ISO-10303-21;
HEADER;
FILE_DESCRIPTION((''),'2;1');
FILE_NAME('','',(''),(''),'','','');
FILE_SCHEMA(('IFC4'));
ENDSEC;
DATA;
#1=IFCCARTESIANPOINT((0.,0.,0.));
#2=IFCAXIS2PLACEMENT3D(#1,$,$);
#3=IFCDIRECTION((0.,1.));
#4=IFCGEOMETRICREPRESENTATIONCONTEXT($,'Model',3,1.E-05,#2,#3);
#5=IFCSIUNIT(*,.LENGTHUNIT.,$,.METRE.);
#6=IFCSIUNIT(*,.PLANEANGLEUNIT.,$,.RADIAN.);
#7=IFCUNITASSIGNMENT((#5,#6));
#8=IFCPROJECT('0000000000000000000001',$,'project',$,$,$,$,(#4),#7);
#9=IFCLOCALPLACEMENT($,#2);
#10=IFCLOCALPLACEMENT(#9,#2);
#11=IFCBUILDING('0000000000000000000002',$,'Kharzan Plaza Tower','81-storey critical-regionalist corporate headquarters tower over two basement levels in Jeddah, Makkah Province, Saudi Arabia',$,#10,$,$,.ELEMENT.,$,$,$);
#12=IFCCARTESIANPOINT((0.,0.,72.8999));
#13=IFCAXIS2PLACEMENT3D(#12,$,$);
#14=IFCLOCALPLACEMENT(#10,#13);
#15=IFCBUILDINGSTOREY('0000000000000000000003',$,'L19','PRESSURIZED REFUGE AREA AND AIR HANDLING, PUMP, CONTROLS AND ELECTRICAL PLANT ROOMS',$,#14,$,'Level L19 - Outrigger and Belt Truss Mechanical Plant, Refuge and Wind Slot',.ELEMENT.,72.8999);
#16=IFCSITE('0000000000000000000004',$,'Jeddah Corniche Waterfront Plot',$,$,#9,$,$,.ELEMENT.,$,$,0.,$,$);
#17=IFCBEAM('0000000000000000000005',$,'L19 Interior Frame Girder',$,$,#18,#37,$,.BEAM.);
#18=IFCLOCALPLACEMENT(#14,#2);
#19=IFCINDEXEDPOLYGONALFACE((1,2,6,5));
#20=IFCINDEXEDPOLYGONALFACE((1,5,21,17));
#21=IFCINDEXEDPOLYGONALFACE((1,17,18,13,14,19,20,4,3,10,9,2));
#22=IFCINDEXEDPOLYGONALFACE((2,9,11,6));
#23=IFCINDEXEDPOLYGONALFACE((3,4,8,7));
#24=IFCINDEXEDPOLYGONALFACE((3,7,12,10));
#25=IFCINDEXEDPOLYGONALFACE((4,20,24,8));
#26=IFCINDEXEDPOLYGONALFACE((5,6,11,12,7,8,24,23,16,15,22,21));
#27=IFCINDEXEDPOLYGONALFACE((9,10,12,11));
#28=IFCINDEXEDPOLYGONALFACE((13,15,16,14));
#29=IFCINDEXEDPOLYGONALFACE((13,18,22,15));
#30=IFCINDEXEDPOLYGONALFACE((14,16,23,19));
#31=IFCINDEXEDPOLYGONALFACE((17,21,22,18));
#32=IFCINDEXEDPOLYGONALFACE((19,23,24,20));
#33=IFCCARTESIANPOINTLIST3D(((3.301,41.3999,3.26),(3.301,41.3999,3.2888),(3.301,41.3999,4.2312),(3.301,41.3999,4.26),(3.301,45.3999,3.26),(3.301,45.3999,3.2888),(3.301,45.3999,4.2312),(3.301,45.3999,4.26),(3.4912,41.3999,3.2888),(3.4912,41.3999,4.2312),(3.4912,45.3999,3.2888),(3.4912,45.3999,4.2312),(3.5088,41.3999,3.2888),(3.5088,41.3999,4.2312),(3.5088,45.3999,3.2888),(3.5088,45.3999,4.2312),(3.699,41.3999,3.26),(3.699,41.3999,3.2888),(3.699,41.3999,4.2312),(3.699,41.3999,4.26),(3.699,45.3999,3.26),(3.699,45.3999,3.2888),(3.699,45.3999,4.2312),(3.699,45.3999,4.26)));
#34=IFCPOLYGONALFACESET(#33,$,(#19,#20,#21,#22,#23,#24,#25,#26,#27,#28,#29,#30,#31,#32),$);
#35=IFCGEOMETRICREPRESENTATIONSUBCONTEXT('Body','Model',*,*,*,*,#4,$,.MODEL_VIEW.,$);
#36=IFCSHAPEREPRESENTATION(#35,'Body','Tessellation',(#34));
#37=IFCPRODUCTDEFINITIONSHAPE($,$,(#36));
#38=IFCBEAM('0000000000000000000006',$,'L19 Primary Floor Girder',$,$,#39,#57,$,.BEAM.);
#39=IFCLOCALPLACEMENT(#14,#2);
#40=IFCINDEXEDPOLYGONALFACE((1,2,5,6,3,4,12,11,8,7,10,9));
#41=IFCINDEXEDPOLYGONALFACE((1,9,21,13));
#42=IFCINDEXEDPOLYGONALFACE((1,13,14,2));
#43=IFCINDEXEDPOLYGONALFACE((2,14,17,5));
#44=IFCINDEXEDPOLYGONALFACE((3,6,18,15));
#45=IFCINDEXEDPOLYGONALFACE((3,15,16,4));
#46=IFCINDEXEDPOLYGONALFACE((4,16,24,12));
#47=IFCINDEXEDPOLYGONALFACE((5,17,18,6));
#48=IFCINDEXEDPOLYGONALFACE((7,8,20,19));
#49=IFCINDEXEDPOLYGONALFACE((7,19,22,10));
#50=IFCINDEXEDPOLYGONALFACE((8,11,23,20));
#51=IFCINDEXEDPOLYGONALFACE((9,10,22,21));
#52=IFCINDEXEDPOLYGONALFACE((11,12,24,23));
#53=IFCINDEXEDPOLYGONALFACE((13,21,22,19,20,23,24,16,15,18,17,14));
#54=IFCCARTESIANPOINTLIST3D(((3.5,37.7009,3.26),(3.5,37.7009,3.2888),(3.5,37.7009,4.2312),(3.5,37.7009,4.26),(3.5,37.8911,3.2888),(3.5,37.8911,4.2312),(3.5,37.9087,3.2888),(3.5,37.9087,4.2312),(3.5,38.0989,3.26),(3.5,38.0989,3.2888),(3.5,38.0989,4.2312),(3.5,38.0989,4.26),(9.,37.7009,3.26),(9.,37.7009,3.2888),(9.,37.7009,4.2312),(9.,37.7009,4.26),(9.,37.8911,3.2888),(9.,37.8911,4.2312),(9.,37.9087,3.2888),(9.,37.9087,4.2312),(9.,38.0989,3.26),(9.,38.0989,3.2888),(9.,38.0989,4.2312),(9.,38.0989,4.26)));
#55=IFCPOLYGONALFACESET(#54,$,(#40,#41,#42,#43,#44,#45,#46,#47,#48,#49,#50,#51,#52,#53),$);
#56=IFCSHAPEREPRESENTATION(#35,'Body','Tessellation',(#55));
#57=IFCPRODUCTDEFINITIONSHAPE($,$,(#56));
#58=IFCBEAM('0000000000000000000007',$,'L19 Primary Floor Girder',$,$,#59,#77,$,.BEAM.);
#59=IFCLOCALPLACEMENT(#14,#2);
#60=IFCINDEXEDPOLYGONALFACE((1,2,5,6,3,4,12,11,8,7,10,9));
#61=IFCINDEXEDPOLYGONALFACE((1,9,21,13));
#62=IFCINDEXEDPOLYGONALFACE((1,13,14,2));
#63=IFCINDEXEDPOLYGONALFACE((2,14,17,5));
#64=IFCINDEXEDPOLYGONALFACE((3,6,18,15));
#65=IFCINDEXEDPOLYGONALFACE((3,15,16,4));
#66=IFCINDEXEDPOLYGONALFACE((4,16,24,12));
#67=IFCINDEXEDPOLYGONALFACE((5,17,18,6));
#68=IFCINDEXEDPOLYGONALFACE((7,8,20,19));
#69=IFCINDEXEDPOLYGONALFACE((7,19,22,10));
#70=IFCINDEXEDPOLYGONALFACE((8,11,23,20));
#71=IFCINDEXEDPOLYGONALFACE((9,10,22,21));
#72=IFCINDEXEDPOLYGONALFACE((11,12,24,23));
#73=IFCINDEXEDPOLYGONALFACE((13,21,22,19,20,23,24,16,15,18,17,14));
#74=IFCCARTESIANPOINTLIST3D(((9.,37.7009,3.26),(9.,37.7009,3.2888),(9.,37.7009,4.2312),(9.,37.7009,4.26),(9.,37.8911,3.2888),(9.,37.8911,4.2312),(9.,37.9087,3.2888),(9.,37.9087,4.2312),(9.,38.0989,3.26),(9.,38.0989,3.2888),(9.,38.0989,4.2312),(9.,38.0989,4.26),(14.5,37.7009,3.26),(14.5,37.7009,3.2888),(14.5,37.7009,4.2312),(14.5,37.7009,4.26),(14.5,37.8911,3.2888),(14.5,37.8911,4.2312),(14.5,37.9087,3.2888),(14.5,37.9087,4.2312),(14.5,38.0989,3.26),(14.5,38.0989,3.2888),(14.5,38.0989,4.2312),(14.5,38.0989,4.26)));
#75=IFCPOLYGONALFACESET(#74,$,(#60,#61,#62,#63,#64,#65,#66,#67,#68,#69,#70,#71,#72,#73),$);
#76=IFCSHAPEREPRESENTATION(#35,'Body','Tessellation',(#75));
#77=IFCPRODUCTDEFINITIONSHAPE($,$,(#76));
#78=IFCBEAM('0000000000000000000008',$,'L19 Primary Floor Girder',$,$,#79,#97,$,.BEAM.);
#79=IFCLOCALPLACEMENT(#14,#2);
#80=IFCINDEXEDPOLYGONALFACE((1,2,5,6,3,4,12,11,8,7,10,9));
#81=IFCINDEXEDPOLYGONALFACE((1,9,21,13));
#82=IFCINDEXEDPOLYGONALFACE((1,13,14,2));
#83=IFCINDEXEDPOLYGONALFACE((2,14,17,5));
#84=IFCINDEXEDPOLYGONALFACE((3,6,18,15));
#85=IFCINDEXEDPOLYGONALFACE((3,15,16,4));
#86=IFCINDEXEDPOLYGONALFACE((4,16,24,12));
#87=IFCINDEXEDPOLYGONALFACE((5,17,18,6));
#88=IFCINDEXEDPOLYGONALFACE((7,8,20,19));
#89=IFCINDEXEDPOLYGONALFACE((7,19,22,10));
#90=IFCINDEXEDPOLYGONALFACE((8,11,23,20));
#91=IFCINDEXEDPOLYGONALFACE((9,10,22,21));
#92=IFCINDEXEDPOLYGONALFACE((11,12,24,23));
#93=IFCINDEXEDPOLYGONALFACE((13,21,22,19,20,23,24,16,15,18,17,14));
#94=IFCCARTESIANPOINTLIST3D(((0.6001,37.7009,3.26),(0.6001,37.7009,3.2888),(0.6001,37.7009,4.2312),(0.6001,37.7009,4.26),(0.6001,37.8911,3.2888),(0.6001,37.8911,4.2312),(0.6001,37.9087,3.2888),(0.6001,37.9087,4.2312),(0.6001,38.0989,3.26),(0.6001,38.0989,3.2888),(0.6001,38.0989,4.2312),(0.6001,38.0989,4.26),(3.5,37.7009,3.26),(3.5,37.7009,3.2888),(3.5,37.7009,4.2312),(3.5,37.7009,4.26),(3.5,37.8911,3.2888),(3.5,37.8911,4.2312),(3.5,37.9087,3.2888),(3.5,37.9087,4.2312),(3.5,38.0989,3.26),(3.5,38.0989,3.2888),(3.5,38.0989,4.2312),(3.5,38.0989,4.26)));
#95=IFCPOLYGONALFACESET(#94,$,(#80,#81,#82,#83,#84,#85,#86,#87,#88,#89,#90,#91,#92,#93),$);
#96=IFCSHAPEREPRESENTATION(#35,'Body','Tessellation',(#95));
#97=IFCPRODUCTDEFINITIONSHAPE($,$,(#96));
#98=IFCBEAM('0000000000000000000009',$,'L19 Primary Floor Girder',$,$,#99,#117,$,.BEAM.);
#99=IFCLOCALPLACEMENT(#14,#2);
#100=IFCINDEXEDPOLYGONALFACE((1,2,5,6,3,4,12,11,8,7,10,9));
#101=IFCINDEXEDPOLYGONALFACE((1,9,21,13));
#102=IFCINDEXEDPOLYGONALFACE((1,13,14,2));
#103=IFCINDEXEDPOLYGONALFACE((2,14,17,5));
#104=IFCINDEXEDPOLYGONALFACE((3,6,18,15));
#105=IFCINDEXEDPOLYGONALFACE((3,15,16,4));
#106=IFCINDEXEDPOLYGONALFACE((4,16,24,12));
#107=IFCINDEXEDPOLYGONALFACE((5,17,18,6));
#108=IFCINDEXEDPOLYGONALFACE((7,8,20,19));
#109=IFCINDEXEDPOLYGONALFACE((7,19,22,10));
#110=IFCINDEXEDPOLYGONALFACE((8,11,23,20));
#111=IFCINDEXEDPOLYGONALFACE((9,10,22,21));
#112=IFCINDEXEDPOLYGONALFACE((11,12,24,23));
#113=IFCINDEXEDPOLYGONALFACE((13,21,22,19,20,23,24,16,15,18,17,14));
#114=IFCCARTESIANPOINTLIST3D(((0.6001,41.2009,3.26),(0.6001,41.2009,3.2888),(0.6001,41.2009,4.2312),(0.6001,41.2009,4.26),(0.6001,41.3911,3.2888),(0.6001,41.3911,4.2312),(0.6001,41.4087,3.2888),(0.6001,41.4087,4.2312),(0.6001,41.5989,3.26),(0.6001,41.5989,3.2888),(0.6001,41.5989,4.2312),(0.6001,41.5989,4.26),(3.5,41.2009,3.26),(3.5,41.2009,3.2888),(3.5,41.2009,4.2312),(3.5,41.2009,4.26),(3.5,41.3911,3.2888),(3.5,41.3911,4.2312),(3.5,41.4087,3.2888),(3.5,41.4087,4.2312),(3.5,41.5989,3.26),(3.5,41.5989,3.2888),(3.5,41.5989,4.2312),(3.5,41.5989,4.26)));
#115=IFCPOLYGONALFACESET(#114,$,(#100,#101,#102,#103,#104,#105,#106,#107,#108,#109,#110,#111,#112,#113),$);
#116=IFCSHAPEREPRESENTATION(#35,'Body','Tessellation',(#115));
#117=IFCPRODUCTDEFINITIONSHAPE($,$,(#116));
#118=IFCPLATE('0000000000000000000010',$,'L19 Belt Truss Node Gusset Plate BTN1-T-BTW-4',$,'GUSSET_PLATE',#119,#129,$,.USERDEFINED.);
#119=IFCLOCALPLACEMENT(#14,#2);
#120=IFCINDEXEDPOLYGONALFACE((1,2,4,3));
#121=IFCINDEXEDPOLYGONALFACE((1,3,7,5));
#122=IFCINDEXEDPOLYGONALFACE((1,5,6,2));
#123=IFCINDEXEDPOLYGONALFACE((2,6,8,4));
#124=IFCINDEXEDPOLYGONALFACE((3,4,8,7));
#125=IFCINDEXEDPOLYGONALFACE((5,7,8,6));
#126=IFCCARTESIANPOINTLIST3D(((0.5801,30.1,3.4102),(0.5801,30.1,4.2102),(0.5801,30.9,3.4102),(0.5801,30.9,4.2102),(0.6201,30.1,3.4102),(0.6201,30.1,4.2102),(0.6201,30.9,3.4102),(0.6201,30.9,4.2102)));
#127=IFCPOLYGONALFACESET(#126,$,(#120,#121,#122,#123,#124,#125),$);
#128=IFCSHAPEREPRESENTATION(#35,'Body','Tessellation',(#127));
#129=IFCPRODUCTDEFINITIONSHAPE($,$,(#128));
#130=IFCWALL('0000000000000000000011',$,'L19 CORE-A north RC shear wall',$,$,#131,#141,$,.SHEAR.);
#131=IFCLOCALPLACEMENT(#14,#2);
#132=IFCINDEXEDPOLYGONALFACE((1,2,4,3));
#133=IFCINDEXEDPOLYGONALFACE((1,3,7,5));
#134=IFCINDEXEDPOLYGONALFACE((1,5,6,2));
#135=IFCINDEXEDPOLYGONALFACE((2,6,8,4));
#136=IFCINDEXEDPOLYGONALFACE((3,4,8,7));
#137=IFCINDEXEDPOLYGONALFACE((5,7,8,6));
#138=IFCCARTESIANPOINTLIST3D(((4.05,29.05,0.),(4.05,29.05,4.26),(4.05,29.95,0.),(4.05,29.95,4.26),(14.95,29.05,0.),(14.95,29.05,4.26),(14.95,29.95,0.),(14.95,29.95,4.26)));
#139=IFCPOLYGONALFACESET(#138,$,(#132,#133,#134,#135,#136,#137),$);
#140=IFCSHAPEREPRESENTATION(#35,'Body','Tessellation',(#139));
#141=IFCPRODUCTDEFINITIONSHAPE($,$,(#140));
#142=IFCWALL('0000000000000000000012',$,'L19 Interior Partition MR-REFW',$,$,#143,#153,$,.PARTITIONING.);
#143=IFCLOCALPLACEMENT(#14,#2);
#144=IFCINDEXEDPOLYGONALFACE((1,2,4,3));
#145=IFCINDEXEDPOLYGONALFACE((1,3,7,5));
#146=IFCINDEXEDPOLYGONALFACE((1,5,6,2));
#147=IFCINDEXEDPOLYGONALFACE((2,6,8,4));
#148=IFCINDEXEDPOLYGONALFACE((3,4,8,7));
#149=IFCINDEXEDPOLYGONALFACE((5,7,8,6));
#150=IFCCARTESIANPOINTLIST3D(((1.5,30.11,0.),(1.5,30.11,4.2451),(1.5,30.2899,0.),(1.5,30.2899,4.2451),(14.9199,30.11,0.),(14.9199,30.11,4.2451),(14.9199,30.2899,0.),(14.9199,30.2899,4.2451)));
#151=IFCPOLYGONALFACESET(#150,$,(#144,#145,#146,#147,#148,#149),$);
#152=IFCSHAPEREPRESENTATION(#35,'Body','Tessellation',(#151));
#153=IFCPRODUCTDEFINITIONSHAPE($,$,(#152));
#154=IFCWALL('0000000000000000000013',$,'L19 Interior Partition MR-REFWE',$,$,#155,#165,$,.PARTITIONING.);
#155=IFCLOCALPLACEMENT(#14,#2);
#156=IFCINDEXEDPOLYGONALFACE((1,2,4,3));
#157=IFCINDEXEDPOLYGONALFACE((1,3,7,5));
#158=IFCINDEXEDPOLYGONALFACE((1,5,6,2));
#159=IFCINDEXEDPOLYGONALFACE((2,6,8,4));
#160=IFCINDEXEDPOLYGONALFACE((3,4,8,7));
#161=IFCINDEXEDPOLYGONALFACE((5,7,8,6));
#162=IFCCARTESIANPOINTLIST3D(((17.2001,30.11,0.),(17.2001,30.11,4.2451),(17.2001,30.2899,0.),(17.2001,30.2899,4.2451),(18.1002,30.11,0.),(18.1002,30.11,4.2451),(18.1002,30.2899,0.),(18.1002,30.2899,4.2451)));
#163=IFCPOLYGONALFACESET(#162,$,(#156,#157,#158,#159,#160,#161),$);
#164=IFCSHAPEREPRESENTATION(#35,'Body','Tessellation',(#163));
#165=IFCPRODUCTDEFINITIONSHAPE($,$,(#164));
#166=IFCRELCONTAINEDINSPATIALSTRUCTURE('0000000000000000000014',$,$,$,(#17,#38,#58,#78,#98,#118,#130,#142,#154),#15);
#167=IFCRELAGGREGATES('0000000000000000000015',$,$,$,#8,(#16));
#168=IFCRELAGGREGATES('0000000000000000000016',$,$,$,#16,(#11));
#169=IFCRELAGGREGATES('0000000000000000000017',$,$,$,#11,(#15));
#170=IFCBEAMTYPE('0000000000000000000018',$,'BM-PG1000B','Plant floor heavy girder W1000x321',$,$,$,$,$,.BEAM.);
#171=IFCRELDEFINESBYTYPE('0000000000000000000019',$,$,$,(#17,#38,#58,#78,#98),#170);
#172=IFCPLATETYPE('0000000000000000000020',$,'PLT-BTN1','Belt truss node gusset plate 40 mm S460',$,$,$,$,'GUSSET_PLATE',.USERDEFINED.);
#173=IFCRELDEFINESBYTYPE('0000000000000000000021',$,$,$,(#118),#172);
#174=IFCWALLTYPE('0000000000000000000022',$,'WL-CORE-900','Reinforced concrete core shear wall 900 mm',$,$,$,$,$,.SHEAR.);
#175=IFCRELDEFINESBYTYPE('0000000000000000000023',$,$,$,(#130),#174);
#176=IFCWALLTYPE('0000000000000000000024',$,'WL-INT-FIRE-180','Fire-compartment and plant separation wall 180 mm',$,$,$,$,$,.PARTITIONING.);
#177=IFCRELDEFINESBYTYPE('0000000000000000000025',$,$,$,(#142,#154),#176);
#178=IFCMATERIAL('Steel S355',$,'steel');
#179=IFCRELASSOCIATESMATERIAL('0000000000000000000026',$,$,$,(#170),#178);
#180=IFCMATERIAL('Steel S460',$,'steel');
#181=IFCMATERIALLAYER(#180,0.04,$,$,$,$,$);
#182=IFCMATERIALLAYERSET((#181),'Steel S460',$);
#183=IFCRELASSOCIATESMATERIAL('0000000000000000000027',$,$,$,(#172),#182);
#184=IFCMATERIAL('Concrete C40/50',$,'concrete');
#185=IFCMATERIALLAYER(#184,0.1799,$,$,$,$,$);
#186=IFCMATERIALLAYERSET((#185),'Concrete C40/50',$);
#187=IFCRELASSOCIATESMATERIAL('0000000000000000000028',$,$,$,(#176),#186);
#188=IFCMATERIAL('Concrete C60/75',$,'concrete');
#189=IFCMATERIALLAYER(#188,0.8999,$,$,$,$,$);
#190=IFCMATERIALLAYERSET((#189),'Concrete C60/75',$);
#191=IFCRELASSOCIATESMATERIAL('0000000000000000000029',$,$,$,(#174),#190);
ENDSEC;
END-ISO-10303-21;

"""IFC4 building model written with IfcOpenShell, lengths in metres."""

from ifc_helpers import new_model, si_unit, direction, frame, frame_2d, origin, origin_2d, place, context, subcontext, project, spatial, rectangle, i_section, extrude, source, transform, mapped, material, layer, layer_set, material_profile, profile_set, type_object, element, save


model = new_model("IFC4")

# Units and contexts
model_context = context("Model", 3, precision=1e-05, world=origin(), true_north=direction((0.0, 1.0)))
body_context = subcontext(model_context, "Body", "Model", "MODEL_VIEW")
ifc_project = project(units=[si_unit("LENGTHUNIT", "METRE"), si_unit("PLANEANGLEUNIT", "RADIAN")], contexts=[model_context])

# Site, building, storey
site_placement = place(None, origin())
site = spatial("IfcSite", under=ifc_project, at=site_placement, Name="Jeddah Corniche Waterfront Plot", CompositionType="ELEMENT", RefElevation=0.0)
building_placement = place(site_placement, origin())
building = spatial("IfcBuilding", under=site, at=building_placement, Name="Kharzan Plaza Tower", Description="81-storey critical-regionalist corporate headquarters tower over two basement levels in Jeddah, Makkah Province, Saudi Arabia", CompositionType="ELEMENT")
storey_placement = place(building_placement, frame((0.0, 0.0, 72.8999)))
storey = spatial("IfcBuildingStorey", under=building, at=storey_placement, Name="L19", Description="PRESSURIZED REFUGE AREA AND AIR HANDLING, PUMP, CONTROLS AND ELECTRICAL PLANT ROOMS", LongName="Level L19 - Outrigger and Belt Truss Mechanical Plant, Refuge and Wind Slot", CompositionType="ELEMENT", Elevation=72.8999)

# Shared definitions
ifc_material_1 = material(Name="Concrete C60/75", Category="concrete")

# Beams
ifc_material_2 = material(Name="Steel S355", Category="steel")
ifc_material_profile_1 = material_profile(ifc_material_2, i_section(OverallWidth=0.3979, OverallDepth=1.0, WebThickness=0.0176, FlangeThickness=0.0288, at=origin_2d()), Name="W1000x321")
ifc_profile_set_1 = profile_set([ifc_material_profile_1], Name="Steel S355")
beam_type_1 = type_object("IfcBeamType", Name="BM-PG1000B", Description="Plant floor heavy girder W1000x321", PredefinedType="BEAM", material=ifc_profile_set_1)
shared_shape_1 = source(origin(), body_context, "Body", "SweptSolid", [
    extrude(i_section(OverallWidth=0.3979, OverallDepth=1.0, WebThickness=0.0176, FlangeThickness=0.0288, at=origin_2d()), origin(), (0.0, 0.0, 1.0), 4.0),
])
beam_1_placement = place(storey_placement, frame((3.5, 41.3999, 3.76), z_axis=(0.0, 1.0, 0.0), x_axis=(-1.0, 0.0, 0.0)))
element("IfcBeam", 1, at=beam_1_placement, inside=storey, type_object=beam_type_1, Name="L19 Interior Frame Girder", PredefinedType="BEAM", context=body_context, shape_type="MappedRepresentation", body=[
    mapped(shared_shape_1, transform((0.0, 0.0, 0.0), x_axis=(1.0, 0.0, 0.0), y_axis=(0.0, 1.0, 0.0), z_axis=(0.0, 0.0, 1.0))),
])
shared_shape_2 = source(origin(), body_context, "Body", "SweptSolid", [
    extrude(i_section(OverallWidth=0.3979, OverallDepth=1.0, WebThickness=0.0176, FlangeThickness=0.0288, at=origin_2d()), origin(), (0.0, 0.0, 1.0), 5.5),
])
for number, where, z_axis, x_axis, name in (
    (2, (3.5, 37.8999, 3.76), (1.0, 0.0, 0.0), (0.0, 1.0, 0.0), "L19 Primary Floor Girder"),
    (3, (9.0, 37.8999, 3.76), (1.0, 0.0, 0.0), (0.0, 1.0, 0.0), "L19 Primary Floor Girder"),
):
    element("IfcBeam", number, at=place(storey_placement, frame(where, z_axis=z_axis, x_axis=x_axis)), inside=storey, type_object=beam_type_1, Name=name, PredefinedType="BEAM", context=body_context, shape_type="MappedRepresentation", body=[
        mapped(shared_shape_2, transform((0.0, 0.0, 0.0), x_axis=(1.0, 0.0, 0.0), y_axis=(0.0, 1.0, 0.0), z_axis=(0.0, 0.0, 1.0))),
    ])
shared_shape_3 = source(origin(), body_context, "Body", "SweptSolid", [
    extrude(i_section(OverallWidth=0.3979, OverallDepth=1.0, WebThickness=0.0176, FlangeThickness=0.0288, at=origin_2d()), origin(), (0.0, 0.0, 1.0), 2.8999),
])
for number, where, z_axis, x_axis, name in (
    (4, (0.6001, 37.8999, 3.76), (1.0, 0.0, 0.0), (0.0, 1.0, 0.0), "L19 Primary Floor Girder"),
    (5, (0.6001, 41.3999, 3.76), (1.0, 0.0, 0.0), (0.0, 1.0, 0.0), "L19 Primary Floor Girder"),
):
    element("IfcBeam", number, at=place(storey_placement, frame(where, z_axis=z_axis, x_axis=x_axis)), inside=storey, type_object=beam_type_1, Name=name, PredefinedType="BEAM", context=body_context, shape_type="MappedRepresentation", body=[
        mapped(shared_shape_3, transform((0.0, 0.0, 0.0), x_axis=(1.0, 0.0, 0.0), y_axis=(0.0, 1.0, 0.0), z_axis=(0.0, 0.0, 1.0))),
    ])

# Plate
ifc_material_3 = material(Name="Steel S460", Category="steel")
ifc_layer_1 = layer(ifc_material_3, 0.04)
ifc_layer_set_1 = layer_set([ifc_layer_1], Name="Steel S460")
plate_type = type_object("IfcPlateType", Name="PLT-BTN1", Description="Belt truss node gusset plate 40 mm S460", ElementType="GUSSET_PLATE", PredefinedType="USERDEFINED", material=ifc_layer_set_1)
shared_shape_4 = source(origin(), body_context, "Body", "SweptSolid", [
    extrude(rectangle(XDim=0.8, YDim=0.04, at=origin_2d()), origin(), (0.0, 0.0, 1.0), 0.8),
])
plate_placement = place(storey_placement, frame((0.6001, 30.5, 3.4102), z_axis=(0.0, 0.0, 1.0), x_axis=(0.0, 1.0, 0.0)))
element("IfcPlate", 6, at=plate_placement, inside=storey, type_object=plate_type, Name="L19 Belt Truss Node Gusset Plate BTN1-T-BTW-4", ObjectType="GUSSET_PLATE", PredefinedType="USERDEFINED", context=body_context, shape_type="MappedRepresentation", body=[
    mapped(shared_shape_4, transform((0.0, 0.0, 0.0), x_axis=(1.0, 0.0, 0.0), y_axis=(0.0, 1.0, 0.0), z_axis=(0.0, 0.0, 1.0))),
])

# Shared definitions
ifc_material_4 = material(Name="Concrete C40/50", Category="concrete")
ifc_layer_2 = layer(ifc_material_4, 0.1799)
ifc_layer_set_2 = layer_set([ifc_layer_2], Name="Concrete C40/50")
wall_type_1 = type_object("IfcWallType", Name="WL-INT-FIRE-180", Description="Fire-compartment and plant separation wall 180 mm", PredefinedType="PARTITIONING", material=ifc_layer_set_2)

# Walls
ifc_layer_3 = layer(ifc_material_1, 0.8999)
ifc_layer_set_3 = layer_set([ifc_layer_3], Name="Concrete C60/75")
wall_type_2 = type_object("IfcWallType", Name="WL-CORE-900", Description="Reinforced concrete core shear wall 900 mm", PredefinedType="SHEAR", material=ifc_layer_set_3)
shared_shape_5 = source(origin(), body_context, "Body", "SweptSolid", [
    extrude(rectangle(XDim=10.8999, YDim=0.8999, at=frame_2d((5.45, 0.0))), origin(), (0.0, 0.0, 1.0), 4.26),
])
wall_1_placement = place(storey_placement, frame((4.05, 29.5, 0.0), z_axis=(0.0, 0.0, 1.0), x_axis=(1.0, 0.0, 0.0)))
element("IfcWall", 7, at=wall_1_placement, inside=storey, type_object=wall_type_2, Name="L19 CORE-A north RC shear wall", PredefinedType="SHEAR", context=body_context, shape_type="MappedRepresentation", body=[
    mapped(shared_shape_5, transform((0.0, 0.0, 0.0), x_axis=(1.0, 0.0, 0.0), y_axis=(0.0, 1.0, 0.0), z_axis=(0.0, 0.0, 1.0))),
])
shared_shape_6 = source(origin(), body_context, "Body", "SweptSolid", [
    extrude(rectangle(XDim=13.4199, YDim=0.1799, at=frame_2d((6.71, 0.0))), origin(), (0.0, 0.0, 1.0), 4.2451),
])
wall_2_placement = place(storey_placement, frame((1.5, 30.2, 0.0), z_axis=(0.0, 0.0, 1.0), x_axis=(1.0, 0.0, 0.0)))
element("IfcWall", 8, at=wall_2_placement, inside=storey, type_object=wall_type_1, Name="L19 Interior Partition MR-REFW", PredefinedType="PARTITIONING", context=body_context, shape_type="MappedRepresentation", body=[
    mapped(shared_shape_6, transform((0.0, 0.0, 0.0), x_axis=(1.0, 0.0, 0.0), y_axis=(0.0, 1.0, 0.0), z_axis=(0.0, 0.0, 1.0))),
])
shared_shape_7 = source(origin(), body_context, "Body", "SweptSolid", [
    extrude(rectangle(XDim=0.9001, YDim=0.1799, at=frame_2d((0.4502, 0.0))), origin(), (0.0, 0.0, 1.0), 4.2451),
])
wall_3_placement = place(storey_placement, frame((17.2, 30.2, 0.0), z_axis=(0.0, 0.0, 1.0), x_axis=(1.0, 0.0, 0.0)))
element("IfcWall", 9, at=wall_3_placement, inside=storey, type_object=wall_type_1, Name="L19 Interior Partition MR-REFWE", PredefinedType="PARTITIONING", context=body_context, shape_type="MappedRepresentation", body=[
    mapped(shared_shape_7, transform((0.0, 0.0, 0.0), x_axis=(1.0, 0.0, 0.0), y_axis=(0.0, 1.0, 0.0), z_axis=(0.0, 0.0, 1.0))),
])

save(model, "model.ifc")
